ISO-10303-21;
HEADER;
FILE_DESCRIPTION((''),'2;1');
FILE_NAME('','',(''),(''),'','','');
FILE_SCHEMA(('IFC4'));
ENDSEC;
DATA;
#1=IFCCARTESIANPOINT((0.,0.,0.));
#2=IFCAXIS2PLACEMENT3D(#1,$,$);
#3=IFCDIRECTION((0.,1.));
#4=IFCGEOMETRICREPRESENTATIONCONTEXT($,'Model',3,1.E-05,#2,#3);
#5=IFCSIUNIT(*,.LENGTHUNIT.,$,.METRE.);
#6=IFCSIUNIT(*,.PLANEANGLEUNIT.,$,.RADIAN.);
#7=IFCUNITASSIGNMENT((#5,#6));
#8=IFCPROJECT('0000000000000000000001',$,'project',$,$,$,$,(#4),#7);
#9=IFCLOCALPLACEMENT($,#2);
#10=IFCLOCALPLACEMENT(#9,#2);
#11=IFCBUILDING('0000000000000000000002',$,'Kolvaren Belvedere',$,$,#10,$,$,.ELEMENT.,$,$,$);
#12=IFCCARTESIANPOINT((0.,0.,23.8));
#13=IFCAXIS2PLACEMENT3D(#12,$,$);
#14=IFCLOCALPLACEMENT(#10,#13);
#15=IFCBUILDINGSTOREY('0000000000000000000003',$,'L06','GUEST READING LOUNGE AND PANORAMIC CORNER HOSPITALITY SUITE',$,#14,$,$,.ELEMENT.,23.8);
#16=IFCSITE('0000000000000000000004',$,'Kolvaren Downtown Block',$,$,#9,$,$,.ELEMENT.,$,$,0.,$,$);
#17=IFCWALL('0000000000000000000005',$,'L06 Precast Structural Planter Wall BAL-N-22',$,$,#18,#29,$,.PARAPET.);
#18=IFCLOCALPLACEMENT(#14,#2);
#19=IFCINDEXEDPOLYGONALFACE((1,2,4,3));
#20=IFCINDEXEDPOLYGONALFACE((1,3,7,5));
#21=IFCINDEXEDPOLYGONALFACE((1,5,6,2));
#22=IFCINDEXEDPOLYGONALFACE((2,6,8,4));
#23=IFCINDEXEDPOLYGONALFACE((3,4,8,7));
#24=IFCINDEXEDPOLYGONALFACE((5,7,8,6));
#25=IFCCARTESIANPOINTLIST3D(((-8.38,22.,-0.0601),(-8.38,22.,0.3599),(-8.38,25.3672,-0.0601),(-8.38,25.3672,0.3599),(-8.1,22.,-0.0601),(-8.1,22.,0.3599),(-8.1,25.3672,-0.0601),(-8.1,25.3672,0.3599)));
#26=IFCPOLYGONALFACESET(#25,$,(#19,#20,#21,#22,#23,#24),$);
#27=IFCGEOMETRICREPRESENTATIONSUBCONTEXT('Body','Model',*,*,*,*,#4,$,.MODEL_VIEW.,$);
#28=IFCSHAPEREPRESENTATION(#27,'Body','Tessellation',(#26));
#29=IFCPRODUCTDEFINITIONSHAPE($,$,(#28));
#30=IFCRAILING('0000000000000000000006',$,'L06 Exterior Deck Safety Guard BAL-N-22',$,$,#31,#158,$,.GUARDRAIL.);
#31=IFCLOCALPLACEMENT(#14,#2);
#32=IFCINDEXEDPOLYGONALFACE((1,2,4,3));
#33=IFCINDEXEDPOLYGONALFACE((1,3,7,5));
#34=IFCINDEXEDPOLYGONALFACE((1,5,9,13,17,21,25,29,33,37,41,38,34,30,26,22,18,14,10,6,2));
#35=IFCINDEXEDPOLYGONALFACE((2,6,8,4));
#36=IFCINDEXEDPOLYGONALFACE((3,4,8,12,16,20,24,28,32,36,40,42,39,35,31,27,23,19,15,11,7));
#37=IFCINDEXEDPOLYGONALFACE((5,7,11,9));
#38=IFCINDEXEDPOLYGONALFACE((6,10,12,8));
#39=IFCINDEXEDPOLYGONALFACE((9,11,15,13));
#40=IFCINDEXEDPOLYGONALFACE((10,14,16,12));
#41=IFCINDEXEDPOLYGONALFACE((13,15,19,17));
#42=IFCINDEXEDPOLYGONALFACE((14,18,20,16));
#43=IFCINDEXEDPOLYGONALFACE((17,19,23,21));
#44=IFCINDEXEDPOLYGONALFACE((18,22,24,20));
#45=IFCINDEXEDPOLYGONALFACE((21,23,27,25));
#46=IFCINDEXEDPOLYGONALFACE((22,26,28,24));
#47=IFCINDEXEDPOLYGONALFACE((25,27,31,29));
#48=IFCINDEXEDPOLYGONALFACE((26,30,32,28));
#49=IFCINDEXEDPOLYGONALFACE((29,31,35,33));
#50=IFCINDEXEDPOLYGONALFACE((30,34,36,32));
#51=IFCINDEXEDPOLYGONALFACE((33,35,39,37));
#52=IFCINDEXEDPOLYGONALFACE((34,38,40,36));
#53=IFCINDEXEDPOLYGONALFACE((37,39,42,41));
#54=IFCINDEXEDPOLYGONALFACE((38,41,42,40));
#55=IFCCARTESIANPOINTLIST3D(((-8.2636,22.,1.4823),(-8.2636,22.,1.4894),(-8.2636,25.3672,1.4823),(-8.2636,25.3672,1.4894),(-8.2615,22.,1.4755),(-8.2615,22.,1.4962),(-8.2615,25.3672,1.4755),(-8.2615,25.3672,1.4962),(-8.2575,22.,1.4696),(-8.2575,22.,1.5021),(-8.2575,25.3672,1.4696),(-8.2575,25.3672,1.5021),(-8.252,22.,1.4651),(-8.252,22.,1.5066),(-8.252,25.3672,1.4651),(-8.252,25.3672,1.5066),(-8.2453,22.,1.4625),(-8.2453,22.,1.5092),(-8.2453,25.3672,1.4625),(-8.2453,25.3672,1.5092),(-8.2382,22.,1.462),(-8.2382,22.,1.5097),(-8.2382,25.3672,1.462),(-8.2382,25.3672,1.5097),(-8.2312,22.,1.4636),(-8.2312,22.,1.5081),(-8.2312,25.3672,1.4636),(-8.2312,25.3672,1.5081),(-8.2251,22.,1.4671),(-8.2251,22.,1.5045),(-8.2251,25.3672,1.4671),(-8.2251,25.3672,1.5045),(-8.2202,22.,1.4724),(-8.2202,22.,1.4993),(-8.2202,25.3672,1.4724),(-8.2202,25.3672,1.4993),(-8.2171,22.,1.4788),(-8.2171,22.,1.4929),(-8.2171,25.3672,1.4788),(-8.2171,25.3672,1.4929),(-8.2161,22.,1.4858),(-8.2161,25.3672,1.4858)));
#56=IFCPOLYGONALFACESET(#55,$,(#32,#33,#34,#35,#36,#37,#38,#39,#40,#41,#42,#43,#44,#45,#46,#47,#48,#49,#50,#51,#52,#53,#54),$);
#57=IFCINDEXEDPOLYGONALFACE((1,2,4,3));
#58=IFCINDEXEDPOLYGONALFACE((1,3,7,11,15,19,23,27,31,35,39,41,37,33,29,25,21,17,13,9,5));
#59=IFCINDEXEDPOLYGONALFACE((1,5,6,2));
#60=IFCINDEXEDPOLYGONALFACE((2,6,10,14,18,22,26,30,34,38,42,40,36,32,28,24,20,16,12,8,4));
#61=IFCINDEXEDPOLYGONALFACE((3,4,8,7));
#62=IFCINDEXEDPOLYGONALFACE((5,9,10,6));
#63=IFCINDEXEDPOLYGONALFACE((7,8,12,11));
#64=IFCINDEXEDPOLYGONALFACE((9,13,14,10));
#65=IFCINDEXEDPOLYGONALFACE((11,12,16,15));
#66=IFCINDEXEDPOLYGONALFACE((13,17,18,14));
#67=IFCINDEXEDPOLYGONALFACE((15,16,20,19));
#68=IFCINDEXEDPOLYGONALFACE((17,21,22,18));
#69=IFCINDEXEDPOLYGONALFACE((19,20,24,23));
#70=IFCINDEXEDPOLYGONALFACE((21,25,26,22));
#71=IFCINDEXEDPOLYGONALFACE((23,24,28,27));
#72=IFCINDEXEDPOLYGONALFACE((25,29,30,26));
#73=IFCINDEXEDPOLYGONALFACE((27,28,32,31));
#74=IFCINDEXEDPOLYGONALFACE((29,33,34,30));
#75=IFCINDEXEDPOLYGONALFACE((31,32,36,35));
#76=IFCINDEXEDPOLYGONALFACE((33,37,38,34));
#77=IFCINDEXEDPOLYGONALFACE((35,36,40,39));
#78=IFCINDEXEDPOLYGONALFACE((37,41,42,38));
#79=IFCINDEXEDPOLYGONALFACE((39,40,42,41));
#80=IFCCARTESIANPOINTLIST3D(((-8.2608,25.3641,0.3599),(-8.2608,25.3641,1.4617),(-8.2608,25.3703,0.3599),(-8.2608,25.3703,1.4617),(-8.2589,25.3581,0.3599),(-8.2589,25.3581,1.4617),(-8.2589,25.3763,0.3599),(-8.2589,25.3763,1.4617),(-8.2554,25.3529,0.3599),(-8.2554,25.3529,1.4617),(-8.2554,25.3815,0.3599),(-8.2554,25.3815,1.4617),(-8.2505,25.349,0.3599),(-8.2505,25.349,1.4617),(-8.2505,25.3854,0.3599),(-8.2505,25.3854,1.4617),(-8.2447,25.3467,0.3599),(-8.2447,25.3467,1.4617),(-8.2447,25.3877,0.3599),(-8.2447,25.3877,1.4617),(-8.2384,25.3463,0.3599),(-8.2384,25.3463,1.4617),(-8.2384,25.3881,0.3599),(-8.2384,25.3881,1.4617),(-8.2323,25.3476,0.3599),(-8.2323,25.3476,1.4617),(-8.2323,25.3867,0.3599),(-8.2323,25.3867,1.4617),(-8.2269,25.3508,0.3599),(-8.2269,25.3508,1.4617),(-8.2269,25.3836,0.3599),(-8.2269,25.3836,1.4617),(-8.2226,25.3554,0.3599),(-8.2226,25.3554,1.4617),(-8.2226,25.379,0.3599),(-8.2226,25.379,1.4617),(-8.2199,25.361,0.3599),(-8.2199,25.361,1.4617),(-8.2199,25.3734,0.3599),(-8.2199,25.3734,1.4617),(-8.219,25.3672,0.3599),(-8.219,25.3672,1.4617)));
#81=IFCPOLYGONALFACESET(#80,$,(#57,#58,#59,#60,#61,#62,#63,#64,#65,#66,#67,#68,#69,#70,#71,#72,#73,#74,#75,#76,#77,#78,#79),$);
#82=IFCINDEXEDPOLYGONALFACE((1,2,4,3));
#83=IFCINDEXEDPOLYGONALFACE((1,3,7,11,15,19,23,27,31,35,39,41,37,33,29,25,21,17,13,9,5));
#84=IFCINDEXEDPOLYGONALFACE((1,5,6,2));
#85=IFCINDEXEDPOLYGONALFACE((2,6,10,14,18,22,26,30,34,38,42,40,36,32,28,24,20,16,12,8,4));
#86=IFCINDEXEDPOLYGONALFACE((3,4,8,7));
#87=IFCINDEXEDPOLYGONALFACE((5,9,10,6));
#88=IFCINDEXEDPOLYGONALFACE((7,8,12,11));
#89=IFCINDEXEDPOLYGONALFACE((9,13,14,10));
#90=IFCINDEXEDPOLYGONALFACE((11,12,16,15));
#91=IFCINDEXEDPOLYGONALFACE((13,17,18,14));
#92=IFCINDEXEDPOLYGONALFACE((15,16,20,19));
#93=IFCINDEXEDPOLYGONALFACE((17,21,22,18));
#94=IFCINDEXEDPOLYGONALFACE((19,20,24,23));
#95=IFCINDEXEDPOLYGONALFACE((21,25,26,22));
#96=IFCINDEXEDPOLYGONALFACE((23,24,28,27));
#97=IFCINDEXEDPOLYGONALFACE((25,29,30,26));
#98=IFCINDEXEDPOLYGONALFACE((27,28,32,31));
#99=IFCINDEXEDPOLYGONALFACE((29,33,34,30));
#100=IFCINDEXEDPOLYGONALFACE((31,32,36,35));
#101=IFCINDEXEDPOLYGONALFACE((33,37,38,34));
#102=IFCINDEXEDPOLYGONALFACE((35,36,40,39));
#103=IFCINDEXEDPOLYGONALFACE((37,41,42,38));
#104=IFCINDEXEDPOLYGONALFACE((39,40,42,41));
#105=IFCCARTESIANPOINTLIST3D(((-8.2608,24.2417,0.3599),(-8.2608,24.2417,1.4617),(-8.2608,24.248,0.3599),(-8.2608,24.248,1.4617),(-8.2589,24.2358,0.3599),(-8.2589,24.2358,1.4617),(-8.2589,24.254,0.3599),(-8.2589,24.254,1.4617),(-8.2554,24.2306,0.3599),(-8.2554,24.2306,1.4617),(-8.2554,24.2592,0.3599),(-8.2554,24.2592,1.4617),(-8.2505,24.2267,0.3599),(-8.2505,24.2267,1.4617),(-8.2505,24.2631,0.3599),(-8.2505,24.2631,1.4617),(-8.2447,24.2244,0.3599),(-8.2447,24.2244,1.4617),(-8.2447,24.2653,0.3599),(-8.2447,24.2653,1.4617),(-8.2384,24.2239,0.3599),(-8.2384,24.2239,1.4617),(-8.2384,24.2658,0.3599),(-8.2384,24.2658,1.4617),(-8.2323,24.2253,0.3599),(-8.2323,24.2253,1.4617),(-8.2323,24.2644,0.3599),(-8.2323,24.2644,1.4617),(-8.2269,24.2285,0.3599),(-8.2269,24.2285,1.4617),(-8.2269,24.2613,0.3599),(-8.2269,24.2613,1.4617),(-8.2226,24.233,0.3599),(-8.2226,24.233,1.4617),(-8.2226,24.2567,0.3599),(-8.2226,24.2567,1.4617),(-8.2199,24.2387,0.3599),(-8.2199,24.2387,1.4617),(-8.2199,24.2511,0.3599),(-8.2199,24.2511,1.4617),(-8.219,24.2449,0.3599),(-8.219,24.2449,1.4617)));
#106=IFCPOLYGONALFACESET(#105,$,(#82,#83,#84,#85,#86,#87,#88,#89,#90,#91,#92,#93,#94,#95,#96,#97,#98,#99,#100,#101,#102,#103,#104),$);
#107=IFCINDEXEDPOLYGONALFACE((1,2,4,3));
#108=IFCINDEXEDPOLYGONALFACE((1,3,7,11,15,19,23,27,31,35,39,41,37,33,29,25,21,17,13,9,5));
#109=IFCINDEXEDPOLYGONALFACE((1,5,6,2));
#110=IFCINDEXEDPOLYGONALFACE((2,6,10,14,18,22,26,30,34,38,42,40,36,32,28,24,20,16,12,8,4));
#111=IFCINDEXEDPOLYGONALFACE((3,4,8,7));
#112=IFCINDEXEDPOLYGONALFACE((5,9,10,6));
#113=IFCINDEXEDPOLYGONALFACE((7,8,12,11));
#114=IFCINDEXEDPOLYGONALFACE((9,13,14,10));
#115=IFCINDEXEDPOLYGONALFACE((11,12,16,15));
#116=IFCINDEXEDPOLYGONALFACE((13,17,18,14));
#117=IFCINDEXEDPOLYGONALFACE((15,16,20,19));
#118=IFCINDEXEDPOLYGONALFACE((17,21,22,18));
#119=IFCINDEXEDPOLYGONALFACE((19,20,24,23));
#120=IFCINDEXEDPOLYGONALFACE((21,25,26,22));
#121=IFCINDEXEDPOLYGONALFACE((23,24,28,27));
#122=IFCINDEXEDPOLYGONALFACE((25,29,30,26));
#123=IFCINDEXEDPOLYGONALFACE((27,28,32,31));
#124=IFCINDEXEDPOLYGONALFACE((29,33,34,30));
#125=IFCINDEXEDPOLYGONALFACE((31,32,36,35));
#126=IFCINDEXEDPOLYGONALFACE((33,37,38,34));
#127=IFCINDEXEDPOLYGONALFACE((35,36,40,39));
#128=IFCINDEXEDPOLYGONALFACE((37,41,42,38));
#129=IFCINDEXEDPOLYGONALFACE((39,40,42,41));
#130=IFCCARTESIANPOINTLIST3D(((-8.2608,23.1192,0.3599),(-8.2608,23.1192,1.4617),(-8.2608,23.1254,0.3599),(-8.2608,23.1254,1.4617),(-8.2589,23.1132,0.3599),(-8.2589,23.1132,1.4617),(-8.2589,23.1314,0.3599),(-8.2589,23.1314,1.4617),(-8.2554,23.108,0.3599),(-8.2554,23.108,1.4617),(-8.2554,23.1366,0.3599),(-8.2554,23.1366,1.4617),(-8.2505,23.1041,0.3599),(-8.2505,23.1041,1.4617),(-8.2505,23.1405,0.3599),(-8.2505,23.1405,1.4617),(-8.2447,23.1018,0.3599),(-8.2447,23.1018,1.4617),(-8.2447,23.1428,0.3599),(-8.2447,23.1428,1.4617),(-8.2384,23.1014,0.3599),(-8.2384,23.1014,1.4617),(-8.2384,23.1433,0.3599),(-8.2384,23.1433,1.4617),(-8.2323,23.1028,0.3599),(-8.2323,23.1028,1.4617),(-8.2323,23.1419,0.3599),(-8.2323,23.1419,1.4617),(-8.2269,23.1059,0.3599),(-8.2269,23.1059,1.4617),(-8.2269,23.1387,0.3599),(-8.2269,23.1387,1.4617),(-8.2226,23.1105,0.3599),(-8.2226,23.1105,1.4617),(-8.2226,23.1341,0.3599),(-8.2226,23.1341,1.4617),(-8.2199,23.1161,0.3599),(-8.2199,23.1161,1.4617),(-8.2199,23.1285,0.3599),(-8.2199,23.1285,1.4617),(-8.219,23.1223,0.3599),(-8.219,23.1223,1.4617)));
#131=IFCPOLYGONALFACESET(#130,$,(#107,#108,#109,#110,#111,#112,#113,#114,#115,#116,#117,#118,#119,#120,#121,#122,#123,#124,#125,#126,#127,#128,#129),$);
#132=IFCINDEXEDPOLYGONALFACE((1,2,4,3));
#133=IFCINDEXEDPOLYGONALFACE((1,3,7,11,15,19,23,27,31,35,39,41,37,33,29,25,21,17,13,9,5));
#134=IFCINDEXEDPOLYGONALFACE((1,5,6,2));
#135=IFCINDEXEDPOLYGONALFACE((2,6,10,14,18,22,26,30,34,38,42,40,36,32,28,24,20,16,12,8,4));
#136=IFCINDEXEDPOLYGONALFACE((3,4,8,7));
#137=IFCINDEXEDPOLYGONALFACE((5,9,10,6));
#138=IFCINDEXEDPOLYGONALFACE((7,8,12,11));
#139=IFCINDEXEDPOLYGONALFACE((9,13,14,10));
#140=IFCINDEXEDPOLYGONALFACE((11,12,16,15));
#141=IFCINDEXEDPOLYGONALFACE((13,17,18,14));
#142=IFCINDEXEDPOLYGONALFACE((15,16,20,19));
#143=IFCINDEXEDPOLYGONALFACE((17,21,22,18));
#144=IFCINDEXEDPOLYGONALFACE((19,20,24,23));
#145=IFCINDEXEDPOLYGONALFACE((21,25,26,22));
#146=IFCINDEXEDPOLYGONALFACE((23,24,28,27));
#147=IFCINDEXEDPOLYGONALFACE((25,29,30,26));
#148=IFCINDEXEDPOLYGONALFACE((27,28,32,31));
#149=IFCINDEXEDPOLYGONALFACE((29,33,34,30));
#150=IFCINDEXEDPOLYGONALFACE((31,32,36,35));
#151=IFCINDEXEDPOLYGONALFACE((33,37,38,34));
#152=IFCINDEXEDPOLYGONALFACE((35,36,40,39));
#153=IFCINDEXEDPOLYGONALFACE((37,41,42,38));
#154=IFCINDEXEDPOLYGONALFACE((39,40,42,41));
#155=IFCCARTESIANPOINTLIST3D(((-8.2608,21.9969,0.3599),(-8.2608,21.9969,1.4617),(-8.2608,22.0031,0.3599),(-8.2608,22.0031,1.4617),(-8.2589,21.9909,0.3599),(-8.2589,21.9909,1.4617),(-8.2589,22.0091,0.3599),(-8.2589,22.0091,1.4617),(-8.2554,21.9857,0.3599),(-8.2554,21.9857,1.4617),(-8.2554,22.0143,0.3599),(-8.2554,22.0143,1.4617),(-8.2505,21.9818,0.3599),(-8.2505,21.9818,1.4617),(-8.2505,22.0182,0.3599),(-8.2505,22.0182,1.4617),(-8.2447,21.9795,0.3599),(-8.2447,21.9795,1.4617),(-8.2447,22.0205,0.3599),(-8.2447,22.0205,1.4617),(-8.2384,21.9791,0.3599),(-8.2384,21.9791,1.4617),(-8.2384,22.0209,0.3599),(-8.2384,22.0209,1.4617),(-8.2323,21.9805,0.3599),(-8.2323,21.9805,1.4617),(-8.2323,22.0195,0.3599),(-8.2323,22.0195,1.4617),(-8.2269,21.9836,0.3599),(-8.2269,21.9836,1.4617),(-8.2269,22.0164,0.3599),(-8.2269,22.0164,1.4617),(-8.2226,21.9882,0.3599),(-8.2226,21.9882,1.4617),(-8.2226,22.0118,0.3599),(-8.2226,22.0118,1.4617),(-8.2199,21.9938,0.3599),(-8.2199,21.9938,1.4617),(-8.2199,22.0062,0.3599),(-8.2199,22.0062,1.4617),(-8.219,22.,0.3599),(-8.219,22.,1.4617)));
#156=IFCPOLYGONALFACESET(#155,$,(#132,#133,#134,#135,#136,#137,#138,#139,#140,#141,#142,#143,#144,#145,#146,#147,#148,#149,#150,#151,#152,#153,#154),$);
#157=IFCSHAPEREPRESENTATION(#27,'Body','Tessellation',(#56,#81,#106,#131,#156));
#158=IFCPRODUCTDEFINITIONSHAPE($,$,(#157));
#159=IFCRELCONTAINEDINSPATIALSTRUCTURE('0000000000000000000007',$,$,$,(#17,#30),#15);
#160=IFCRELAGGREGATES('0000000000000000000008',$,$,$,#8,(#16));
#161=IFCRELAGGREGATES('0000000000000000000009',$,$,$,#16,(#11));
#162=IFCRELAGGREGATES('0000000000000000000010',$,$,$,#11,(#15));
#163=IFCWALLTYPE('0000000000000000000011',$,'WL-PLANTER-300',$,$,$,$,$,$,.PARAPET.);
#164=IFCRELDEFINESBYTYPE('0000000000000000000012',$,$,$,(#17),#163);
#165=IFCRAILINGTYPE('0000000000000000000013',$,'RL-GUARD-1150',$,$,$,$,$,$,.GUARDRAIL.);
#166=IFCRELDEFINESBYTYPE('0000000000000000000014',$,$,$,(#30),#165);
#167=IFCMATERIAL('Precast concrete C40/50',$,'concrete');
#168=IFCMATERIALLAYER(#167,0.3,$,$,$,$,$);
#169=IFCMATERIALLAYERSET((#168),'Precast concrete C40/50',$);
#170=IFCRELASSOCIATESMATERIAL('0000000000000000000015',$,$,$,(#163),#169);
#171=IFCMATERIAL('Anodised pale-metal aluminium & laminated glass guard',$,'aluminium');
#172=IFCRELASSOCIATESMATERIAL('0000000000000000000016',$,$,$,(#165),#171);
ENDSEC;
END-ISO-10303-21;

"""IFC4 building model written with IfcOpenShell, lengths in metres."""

from ifc_helpers import new_model, si_unit, direction, frame, frame_2d, origin, origin_2d, place, context, subcontext, project, spatial, rectangle, circle, extrude, material, layer, layer_set, type_object, element, save


model = new_model("IFC4")

# Units and contexts
model_context = context("Model", 3, precision=1e-05, world=origin(), true_north=direction((0.0, 1.0)))
body_context = subcontext(model_context, "Body", "Model", "MODEL_VIEW")
ifc_project = project(units=[si_unit("LENGTHUNIT", "METRE"), si_unit("PLANEANGLEUNIT", "RADIAN")], contexts=[model_context])

# Site, building, storey
site_placement = place(None, origin())
site = spatial("IfcSite", under=ifc_project, at=site_placement, Name="Kolvaren Downtown Block", CompositionType="ELEMENT", RefElevation=0.0)
building_placement = place(site_placement, origin())
building = spatial("IfcBuilding", under=site, at=building_placement, Name="Kolvaren Belvedere", CompositionType="ELEMENT")
storey_placement = place(building_placement, frame((0.0, 0.0, 23.8)))
storey = spatial("IfcBuildingStorey", under=building, at=storey_placement, Name="L06", Description="GUEST READING LOUNGE AND PANORAMIC CORNER HOSPITALITY SUITE", CompositionType="ELEMENT", Elevation=23.8)

# Wall
ifc_material_1 = material(Name="Precast concrete C40/50", Category="concrete")
ifc_layer_1 = layer(ifc_material_1, 0.3)
ifc_layer_set_1 = layer_set([ifc_layer_1], Name="Precast concrete C40/50")
wall_type_1 = type_object("IfcWallType", Name="WL-PLANTER-300", PredefinedType="PARAPET", material=ifc_layer_set_1)
wall_1_placement = place(storey_placement, frame((-8.24, 25.3672, -0.0601), z_axis=(0.0, 0.0, 1.0), x_axis=(0.0, -1.0, 0.0)))
element("IfcWall", 1, at=wall_1_placement, inside=storey, type_object=wall_type_1, Name="L06 Precast Structural Planter Wall BAL-N-22", PredefinedType="PARAPET", context=body_context, shape_type="SweptSolid", body=[
    extrude(rectangle(XDim=3.3672, YDim=0.28, at=frame_2d((1.6836, 0.0))), origin(), (0.0, 0.0, 1.0), 0.4199),
])

# Railing
ifc_material_2 = material(Name="Anodised pale-metal aluminium & laminated glass guard", Category="aluminium")
railing_type = type_object("IfcRailingType", Name="RL-GUARD-1150", PredefinedType="GUARDRAIL", material=ifc_material_2)
railing_placement = place(storey_placement, frame((-8.24, 25.3672, 0.3599)))
element("IfcRailing", 2, at=railing_placement, inside=storey, type_object=railing_type, Name="L06 Exterior Deck Safety Guard BAL-N-22", PredefinedType="GUARDRAIL", context=body_context, shape_type="SweptSolid", body=[
    extrude(circle(Radius=0.0239, at=origin_2d()), frame((0.0, 0.0, 1.126), z_axis=(0.0, -1.0, 0.0), x_axis=(1.0, 0.0, 0.0)), (0.0, 0.0, 1.0), 3.3672),
    extrude(circle(Radius=0.021, at=origin_2d()), origin(), (0.0, 0.0, 1.0), 1.1018),
    extrude(circle(Radius=0.021, at=origin_2d()), frame((0.0, -1.1223, 0.0)), (0.0, 0.0, 1.0), 1.1018),
    extrude(circle(Radius=0.021, at=origin_2d()), frame((0.0, -2.2449, 0.0)), (0.0, 0.0, 1.0), 1.1018),
    extrude(circle(Radius=0.021, at=origin_2d()), frame((0.0, -3.3672, 0.0)), (0.0, 0.0, 1.0), 1.1018),
])

save(model, "model.ifc")
